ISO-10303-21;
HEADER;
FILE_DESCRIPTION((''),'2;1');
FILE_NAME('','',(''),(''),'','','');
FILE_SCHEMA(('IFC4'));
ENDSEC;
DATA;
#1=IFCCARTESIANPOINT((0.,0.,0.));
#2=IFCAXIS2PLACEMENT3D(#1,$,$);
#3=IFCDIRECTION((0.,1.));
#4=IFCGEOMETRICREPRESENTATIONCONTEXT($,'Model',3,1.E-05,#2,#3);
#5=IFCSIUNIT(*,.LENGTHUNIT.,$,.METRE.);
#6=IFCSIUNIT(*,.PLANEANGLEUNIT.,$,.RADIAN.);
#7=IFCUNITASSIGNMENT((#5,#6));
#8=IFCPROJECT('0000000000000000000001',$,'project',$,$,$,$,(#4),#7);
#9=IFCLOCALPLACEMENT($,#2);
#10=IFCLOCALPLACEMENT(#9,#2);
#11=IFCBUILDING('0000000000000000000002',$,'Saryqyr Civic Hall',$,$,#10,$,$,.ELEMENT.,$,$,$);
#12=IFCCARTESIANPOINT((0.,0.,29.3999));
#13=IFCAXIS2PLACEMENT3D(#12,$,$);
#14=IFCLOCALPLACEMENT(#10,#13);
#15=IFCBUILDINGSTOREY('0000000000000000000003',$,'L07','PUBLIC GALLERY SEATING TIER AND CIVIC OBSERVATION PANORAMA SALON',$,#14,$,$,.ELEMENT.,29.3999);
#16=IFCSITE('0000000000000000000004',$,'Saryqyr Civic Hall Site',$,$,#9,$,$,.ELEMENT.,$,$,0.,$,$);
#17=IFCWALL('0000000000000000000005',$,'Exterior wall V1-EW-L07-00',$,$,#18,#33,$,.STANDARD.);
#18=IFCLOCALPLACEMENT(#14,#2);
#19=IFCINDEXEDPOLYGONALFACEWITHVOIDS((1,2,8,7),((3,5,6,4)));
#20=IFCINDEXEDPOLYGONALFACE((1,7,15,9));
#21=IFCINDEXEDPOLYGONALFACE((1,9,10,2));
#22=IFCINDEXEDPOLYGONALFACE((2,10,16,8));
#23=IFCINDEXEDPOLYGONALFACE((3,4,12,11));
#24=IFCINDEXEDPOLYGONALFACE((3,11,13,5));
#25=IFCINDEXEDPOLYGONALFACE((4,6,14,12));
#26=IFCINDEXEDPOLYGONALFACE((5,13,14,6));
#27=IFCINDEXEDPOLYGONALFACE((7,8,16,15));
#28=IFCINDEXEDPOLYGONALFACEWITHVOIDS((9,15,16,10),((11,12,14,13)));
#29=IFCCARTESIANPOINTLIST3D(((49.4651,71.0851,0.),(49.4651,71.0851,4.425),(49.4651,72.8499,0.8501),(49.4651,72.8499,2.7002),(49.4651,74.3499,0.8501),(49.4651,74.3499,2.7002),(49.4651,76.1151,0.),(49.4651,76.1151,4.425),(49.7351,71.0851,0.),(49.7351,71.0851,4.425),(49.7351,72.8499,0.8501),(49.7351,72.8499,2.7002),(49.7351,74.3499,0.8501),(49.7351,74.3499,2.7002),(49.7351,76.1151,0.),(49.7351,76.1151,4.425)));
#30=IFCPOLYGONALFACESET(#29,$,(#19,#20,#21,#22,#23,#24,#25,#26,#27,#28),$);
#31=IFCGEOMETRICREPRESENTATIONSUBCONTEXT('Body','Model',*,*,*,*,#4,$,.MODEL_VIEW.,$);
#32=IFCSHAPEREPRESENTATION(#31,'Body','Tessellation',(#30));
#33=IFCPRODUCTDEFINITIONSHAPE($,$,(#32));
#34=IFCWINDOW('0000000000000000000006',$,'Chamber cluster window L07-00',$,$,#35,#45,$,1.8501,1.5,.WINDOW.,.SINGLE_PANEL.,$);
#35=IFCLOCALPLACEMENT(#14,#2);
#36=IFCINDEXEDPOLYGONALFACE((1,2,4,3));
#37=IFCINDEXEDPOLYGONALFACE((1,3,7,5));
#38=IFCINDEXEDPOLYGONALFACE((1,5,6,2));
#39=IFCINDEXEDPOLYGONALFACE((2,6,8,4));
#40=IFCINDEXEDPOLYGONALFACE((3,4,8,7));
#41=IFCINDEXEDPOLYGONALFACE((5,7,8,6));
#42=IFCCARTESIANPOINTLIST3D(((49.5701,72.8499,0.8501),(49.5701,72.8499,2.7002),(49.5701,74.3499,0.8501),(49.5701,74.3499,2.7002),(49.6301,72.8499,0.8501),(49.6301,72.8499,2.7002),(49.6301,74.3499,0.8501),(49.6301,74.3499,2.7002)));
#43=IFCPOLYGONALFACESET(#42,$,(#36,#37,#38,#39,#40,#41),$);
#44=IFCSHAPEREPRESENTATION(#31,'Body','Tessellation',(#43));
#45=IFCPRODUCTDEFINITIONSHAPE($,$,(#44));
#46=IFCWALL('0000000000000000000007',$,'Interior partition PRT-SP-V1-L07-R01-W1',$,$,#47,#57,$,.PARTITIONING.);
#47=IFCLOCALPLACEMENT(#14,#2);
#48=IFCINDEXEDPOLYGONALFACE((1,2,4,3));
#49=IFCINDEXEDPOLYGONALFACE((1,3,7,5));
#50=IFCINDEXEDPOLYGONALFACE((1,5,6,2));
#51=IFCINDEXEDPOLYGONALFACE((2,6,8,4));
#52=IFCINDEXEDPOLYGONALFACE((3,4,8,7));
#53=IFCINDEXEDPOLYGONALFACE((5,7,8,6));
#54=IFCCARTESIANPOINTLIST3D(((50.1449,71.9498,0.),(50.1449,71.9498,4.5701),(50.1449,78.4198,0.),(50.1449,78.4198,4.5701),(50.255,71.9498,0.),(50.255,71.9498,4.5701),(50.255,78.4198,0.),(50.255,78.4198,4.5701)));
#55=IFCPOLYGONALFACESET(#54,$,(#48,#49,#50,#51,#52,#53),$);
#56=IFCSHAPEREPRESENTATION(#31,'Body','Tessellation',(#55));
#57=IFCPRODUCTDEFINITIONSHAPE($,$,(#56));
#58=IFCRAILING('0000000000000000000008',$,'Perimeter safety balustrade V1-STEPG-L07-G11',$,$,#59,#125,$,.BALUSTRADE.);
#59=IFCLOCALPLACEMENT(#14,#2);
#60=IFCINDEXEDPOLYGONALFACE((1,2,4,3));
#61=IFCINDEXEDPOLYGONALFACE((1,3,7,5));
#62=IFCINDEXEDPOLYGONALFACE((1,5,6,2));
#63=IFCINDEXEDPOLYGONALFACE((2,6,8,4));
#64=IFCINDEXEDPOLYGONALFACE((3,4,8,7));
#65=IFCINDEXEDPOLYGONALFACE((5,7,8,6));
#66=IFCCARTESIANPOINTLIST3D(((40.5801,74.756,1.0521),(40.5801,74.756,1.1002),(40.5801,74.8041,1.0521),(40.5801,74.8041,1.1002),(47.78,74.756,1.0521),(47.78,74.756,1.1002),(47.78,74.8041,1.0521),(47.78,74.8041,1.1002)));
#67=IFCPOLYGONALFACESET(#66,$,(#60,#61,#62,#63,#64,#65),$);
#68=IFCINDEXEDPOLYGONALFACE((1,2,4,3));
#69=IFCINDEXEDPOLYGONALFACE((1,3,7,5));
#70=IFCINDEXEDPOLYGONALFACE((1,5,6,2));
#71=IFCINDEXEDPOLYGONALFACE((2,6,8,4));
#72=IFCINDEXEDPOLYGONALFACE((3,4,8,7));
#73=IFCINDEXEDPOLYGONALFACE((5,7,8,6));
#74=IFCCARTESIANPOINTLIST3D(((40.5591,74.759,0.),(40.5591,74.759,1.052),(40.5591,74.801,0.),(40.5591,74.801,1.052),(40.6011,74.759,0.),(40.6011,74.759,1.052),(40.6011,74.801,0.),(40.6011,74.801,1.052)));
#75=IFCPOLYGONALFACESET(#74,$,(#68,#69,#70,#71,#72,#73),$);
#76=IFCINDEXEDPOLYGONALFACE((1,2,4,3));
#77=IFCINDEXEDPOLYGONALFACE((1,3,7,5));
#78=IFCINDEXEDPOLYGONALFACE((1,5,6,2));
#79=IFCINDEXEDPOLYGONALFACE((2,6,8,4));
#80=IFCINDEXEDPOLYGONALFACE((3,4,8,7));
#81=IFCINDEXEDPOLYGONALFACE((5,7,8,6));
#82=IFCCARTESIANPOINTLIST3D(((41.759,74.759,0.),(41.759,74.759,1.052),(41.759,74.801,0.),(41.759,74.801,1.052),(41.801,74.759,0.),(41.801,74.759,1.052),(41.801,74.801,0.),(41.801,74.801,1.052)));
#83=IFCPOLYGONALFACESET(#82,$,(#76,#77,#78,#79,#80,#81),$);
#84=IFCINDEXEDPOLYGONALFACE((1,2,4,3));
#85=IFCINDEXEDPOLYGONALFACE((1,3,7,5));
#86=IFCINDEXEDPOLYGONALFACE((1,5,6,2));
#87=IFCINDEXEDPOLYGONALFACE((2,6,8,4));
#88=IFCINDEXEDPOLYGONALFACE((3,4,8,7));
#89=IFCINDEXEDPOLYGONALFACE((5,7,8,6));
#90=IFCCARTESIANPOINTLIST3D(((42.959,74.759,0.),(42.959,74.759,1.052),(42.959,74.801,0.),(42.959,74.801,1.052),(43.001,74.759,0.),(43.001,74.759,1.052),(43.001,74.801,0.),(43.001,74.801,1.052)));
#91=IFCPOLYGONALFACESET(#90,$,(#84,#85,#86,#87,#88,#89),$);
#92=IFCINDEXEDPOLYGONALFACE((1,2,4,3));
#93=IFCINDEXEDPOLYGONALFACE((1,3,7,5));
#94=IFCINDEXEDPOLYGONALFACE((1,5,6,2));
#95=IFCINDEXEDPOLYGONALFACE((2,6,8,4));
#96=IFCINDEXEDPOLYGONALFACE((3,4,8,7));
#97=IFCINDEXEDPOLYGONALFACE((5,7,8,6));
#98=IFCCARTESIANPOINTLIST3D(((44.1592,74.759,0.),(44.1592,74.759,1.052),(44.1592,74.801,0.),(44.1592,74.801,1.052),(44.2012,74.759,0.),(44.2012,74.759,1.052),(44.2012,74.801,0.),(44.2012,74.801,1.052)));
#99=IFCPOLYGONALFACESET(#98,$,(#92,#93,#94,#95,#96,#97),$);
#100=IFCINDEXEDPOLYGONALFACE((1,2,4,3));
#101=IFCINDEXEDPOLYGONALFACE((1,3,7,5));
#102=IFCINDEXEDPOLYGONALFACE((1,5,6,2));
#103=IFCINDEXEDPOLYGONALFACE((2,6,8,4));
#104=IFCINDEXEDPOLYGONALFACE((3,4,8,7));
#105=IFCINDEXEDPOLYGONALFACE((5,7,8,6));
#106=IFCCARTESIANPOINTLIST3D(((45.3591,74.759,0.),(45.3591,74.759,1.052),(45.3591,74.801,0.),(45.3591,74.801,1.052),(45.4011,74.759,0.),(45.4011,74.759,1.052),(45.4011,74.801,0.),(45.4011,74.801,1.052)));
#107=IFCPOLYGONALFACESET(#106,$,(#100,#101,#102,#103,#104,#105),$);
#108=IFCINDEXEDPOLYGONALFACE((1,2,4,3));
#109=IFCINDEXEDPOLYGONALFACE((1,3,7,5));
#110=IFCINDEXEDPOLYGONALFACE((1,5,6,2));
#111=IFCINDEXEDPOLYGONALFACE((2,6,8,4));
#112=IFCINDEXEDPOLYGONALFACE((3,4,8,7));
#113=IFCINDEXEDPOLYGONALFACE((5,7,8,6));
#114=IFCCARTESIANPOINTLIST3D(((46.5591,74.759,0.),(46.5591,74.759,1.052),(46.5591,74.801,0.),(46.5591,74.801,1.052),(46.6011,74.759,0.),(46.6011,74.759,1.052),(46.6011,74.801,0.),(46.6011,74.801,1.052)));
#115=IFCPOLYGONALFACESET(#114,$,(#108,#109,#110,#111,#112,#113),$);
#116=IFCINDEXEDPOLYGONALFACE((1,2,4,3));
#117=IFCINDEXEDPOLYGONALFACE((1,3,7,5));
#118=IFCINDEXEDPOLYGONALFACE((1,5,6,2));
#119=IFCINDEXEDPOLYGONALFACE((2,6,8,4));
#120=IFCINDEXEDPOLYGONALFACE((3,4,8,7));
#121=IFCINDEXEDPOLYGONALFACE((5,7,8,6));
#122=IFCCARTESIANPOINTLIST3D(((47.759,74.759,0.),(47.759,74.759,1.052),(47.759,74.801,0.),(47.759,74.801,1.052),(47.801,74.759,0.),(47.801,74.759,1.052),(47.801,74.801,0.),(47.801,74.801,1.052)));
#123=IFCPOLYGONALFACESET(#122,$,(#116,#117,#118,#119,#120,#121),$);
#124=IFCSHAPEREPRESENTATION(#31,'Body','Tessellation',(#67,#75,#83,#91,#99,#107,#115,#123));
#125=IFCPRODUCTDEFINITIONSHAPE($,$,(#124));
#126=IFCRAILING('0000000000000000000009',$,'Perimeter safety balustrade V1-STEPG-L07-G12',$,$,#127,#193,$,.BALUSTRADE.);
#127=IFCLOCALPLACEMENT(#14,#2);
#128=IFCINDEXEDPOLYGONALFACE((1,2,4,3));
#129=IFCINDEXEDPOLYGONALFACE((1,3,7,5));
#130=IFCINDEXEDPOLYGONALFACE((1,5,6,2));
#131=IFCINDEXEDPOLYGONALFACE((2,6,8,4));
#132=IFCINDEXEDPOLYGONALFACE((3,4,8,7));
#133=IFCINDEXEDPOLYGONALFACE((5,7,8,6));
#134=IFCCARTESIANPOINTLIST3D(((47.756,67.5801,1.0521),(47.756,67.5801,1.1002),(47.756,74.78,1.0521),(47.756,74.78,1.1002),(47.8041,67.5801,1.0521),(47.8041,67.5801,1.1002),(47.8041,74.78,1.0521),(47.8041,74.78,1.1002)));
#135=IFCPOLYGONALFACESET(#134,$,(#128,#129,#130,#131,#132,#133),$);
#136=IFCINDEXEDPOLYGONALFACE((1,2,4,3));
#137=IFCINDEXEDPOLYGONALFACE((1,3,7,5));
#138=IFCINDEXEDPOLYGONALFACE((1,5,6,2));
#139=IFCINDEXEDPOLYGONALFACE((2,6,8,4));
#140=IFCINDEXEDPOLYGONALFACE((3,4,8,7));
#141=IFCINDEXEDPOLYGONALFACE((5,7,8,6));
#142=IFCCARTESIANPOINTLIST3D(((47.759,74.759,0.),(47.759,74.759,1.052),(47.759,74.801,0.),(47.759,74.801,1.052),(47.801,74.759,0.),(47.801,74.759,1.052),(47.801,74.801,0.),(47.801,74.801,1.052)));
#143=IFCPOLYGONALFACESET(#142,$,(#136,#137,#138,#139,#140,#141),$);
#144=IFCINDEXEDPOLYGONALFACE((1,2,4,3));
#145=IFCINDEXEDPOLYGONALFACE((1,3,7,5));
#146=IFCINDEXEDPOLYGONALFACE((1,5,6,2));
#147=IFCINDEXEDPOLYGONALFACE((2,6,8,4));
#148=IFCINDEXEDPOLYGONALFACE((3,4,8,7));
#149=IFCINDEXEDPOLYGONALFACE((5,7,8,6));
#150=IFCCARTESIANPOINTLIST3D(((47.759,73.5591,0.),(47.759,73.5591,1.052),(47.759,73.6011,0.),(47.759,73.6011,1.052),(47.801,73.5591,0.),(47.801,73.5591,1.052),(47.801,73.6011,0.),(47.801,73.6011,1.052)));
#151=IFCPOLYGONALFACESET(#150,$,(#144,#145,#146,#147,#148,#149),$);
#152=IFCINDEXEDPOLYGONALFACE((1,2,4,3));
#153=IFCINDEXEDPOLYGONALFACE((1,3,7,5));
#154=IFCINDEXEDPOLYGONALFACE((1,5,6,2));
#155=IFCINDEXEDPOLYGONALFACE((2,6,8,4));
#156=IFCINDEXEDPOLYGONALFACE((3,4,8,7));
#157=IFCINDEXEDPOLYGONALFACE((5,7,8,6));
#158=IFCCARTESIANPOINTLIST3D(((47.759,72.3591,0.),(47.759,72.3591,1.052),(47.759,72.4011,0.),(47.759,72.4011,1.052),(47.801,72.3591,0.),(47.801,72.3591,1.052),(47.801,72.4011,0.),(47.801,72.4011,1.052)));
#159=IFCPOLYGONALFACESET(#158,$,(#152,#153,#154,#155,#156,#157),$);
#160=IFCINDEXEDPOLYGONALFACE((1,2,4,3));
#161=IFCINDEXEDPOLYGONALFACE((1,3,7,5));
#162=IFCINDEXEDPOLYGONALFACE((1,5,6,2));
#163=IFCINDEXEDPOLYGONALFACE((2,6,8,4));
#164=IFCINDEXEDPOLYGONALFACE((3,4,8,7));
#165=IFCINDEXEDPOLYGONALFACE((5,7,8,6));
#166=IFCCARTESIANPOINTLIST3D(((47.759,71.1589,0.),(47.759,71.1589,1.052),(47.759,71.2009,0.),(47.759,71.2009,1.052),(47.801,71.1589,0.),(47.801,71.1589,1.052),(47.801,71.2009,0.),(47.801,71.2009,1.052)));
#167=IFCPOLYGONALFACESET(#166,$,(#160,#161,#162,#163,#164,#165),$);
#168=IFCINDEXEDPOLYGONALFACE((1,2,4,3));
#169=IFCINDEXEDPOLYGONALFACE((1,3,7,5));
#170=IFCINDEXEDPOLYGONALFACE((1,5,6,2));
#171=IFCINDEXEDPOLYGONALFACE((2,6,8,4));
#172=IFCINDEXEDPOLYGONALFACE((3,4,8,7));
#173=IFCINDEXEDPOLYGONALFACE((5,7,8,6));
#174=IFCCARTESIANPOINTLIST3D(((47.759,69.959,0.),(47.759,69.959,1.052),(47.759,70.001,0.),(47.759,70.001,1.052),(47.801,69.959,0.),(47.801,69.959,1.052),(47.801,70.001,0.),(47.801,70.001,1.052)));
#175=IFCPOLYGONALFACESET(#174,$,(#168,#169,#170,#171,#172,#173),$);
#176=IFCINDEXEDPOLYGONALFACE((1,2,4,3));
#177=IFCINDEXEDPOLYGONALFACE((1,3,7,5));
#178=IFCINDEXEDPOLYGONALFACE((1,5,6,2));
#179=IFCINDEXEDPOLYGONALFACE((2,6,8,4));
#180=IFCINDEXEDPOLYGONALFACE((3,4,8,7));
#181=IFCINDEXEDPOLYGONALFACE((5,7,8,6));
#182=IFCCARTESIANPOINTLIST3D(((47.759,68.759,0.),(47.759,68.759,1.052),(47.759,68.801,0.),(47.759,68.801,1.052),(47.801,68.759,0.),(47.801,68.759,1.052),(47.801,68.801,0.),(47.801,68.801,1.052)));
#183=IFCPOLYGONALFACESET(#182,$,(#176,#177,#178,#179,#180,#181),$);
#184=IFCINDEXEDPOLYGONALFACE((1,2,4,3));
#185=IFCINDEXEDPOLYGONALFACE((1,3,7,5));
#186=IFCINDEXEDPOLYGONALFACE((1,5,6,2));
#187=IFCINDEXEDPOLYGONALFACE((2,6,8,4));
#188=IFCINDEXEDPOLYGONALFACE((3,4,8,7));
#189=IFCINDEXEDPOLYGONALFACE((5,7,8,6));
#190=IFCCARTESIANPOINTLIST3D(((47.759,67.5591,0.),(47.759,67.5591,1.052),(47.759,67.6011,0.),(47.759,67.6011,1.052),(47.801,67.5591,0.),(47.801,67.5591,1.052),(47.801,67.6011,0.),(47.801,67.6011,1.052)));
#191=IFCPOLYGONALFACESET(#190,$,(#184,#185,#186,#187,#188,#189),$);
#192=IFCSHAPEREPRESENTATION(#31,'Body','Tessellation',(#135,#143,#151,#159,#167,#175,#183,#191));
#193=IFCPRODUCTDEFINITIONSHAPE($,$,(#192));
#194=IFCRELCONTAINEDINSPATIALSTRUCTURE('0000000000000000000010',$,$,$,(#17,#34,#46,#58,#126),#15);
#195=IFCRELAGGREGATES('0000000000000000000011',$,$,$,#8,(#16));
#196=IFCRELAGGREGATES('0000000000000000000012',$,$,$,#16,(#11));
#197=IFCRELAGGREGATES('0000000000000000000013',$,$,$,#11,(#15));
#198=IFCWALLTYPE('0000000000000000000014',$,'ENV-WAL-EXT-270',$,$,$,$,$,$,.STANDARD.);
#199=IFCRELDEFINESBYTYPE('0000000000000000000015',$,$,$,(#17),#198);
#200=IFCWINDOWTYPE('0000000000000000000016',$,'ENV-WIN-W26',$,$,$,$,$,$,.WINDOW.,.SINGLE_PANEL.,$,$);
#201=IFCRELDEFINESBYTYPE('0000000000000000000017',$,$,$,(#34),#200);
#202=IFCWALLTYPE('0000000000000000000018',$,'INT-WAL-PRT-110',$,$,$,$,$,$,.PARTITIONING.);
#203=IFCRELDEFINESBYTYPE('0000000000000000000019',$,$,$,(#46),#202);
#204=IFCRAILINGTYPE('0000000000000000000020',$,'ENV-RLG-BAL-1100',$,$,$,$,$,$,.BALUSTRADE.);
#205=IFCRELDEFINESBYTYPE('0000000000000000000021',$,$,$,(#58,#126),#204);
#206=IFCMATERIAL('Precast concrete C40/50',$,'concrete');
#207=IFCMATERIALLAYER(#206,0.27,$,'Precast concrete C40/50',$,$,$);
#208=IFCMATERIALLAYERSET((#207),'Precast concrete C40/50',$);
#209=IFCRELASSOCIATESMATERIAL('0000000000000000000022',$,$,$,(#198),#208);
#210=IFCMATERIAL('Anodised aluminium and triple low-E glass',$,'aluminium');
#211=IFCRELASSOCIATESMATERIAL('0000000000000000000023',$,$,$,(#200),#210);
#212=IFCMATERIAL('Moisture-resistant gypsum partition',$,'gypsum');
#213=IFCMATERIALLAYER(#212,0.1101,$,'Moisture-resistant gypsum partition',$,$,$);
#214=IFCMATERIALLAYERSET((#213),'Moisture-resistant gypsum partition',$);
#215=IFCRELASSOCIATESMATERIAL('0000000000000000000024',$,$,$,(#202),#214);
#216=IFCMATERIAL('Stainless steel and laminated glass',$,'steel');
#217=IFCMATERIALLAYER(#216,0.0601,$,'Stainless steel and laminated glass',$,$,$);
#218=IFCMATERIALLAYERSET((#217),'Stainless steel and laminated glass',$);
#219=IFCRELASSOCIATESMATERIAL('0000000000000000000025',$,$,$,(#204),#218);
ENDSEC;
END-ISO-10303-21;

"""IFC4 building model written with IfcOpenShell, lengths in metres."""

from ifc_helpers import new_model, si_unit, direction, frame, frame_2d, origin, origin_2d, place, context, subcontext, project, spatial, rectangle, extrude, material, layer, layer_set, type_object, element, fill, save


model = new_model("IFC4")

# Units and contexts
model_context = context("Model", 3, precision=1e-05, world=origin(), true_north=direction((0.0, 1.0)))
body_context = subcontext(model_context, "Body", "Model", "MODEL_VIEW")
ifc_project = project(units=[si_unit("LENGTHUNIT", "METRE"), si_unit("PLANEANGLEUNIT", "RADIAN")], contexts=[model_context])

# Site, building, storey
site_placement = place(None, origin())
site = spatial("IfcSite", under=ifc_project, at=site_placement, Name="Saryqyr Civic Hall Site", CompositionType="ELEMENT", RefElevation=0.0)
building_placement = place(site_placement, origin())
building = spatial("IfcBuilding", under=site, at=building_placement, Name="Saryqyr Civic Hall", CompositionType="ELEMENT")
storey_placement = place(building_placement, frame((0.0, 0.0, 29.3999)))
storey = spatial("IfcBuildingStorey", under=building, at=storey_placement, Name="L07", Description="PUBLIC GALLERY SEATING TIER AND CIVIC OBSERVATION PANORAMA SALON", CompositionType="ELEMENT", Elevation=29.3999)

# Wall, opening, window
ifc_material_1 = material(Name="Precast concrete C40/50", Category="concrete")
ifc_layer_1 = layer(ifc_material_1, 0.27, Name="Precast concrete C40/50")
ifc_layer_set_1 = layer_set([ifc_layer_1], Name="Precast concrete C40/50")
wall_type_1 = type_object("IfcWallType", Name="ENV-WAL-EXT-270", PredefinedType="STANDARD", material=ifc_layer_set_1)
wall_1_placement = place(storey_placement, frame((49.6001, 71.085, 0.0), z_axis=(0.0, 0.0, 1.0), x_axis=(0.0, 1.0, 0.0)))
wall_1 = element("IfcWall", 1, at=wall_1_placement, inside=storey, type_object=wall_type_1, Name="Exterior wall V1-EW-L07-00", PredefinedType="STANDARD", context=body_context, shape_type="SweptSolid", body=[
    extrude(rectangle(XDim=5.03, YDim=0.27, at=frame_2d((2.5151, 0.0))), origin(), (0.0, 0.0, 1.0), 4.425),
])
opening_placement = place(wall_1_placement, frame((1.7649, 0.0, 0.8501)))
opening = element("IfcOpeningElement", 2, at=opening_placement, cuts=wall_1, PredefinedType="OPENING", context=body_context, shape_type="SweptSolid", body=[
    extrude(rectangle(XDim=1.5, YDim=1.8501, at=frame_2d((0.75, 0.925))), frame((0.0, 0.145, 0.0), z_axis=(0.0, -1.0, 0.0), x_axis=(1.0, 0.0, 0.0)), (0.0, 0.0, 1.0), 0.29),
])
ifc_material_2 = material(Name="Anodised aluminium and triple low-E glass", Category="aluminium")
window_type = type_object("IfcWindowType", Name="ENV-WIN-W26", PartitioningType="SINGLE_PANEL", PredefinedType="WINDOW", material=ifc_material_2)
window_placement = place(opening_placement, origin())
window = element("IfcWindow", 3, at=window_placement, inside=storey, type_object=window_type, Name="Chamber cluster window L07-00", OverallHeight=1.8501, OverallWidth=1.5, PartitioningType="SINGLE_PANEL", PredefinedType="WINDOW", context=body_context, shape_type="SweptSolid", body=[
    extrude(rectangle(XDim=1.5, YDim=1.8501, at=frame_2d((0.75, 0.925))), frame((0.0, 0.03, 0.0), z_axis=(0.0, -1.0, 0.0), x_axis=(1.0, 0.0, 0.0)), (0.0, 0.0, 1.0), 0.0601),
])
fill(opening, window)

# Wall
ifc_material_3 = material(Name="Moisture-resistant gypsum partition", Category="gypsum")
ifc_layer_2 = layer(ifc_material_3, 0.1101, Name="Moisture-resistant gypsum partition")
ifc_layer_set_2 = layer_set([ifc_layer_2], Name="Moisture-resistant gypsum partition")
wall_type_2 = type_object("IfcWallType", Name="INT-WAL-PRT-110", PredefinedType="PARTITIONING", material=ifc_layer_set_2)
wall_2_placement = place(storey_placement, frame((50.2, 71.95, 0.0), z_axis=(0.0, 0.0, 1.0), x_axis=(0.0, 1.0, 0.0)))
element("IfcWall", 4, at=wall_2_placement, inside=storey, type_object=wall_type_2, Name="Interior partition PRT-SP-V1-L07-R01-W1", PredefinedType="PARTITIONING", context=body_context, shape_type="SweptSolid", body=[
    extrude(rectangle(XDim=6.47, YDim=0.1101, at=frame_2d((3.2349, 0.0))), origin(), (0.0, 0.0, 1.0), 4.5701),
])

# Railings
ifc_material_4 = material(Name="Stainless steel and laminated glass", Category="steel")
ifc_layer_3 = layer(ifc_material_4, 0.0601, Name="Stainless steel and laminated glass")
ifc_layer_set_3 = layer_set([ifc_layer_3], Name="Stainless steel and laminated glass")
railing_type_1 = type_object("IfcRailingType", Name="ENV-RLG-BAL-1100", PredefinedType="BALUSTRADE", material=ifc_layer_set_3)
railing_1_placement = place(storey_placement, frame((40.5801, 74.78, 0.0)))
element("IfcRailing", 5, at=railing_1_placement, inside=storey, type_object=railing_type_1, Name="Perimeter safety balustrade V1-STEPG-L07-G11", PredefinedType="BALUSTRADE", context=body_context, shape_type="SweptSolid", body=[
    extrude(rectangle(XDim=0.0481, YDim=0.0481, at=origin_2d()), frame((0.0, 0.0, 1.0762), z_axis=(1.0, 0.0, 0.0), x_axis=(0.0, 1.0, 0.0)), (0.0, 0.0, 1.0), 7.2),
    extrude(rectangle(XDim=0.042, YDim=0.042, at=origin_2d()), origin(), (0.0, 0.0, 1.0), 1.052),
    extrude(rectangle(XDim=0.042, YDim=0.042, at=origin_2d()), frame((1.2, 0.0, 0.0)), (0.0, 0.0, 1.0), 1.052),
    extrude(rectangle(XDim=0.042, YDim=0.042, at=origin_2d()), frame((2.3999, 0.0, 0.0)), (0.0, 0.0, 1.0), 1.052),
    extrude(rectangle(XDim=0.042, YDim=0.042, at=origin_2d()), frame((3.6001, 0.0, 0.0)), (0.0, 0.0, 1.0), 1.052),
    extrude(rectangle(XDim=0.042, YDim=0.042, at=origin_2d()), frame((4.8, 0.0, 0.0)), (0.0, 0.0, 1.0), 1.052),
    extrude(rectangle(XDim=0.042, YDim=0.042, at=origin_2d()), frame((6.0, 0.0, 0.0)), (0.0, 0.0, 1.0), 1.052),
    extrude(rectangle(XDim=0.042, YDim=0.042, at=origin_2d()), frame((7.2, 0.0, 0.0)), (0.0, 0.0, 1.0), 1.052),
])
railing_2_placement = place(storey_placement, frame((47.78, 74.78, 0.0)))
element("IfcRailing", 6, at=railing_2_placement, inside=storey, type_object=railing_type_1, Name="Perimeter safety balustrade V1-STEPG-L07-G12", PredefinedType="BALUSTRADE", context=body_context, shape_type="SweptSolid", body=[
    extrude(rectangle(XDim=0.0481, YDim=0.0481, at=origin_2d()), frame((0.0, 0.0, 1.0762), z_axis=(0.0, -1.0, 0.0), x_axis=(1.0, 0.0, 0.0)), (0.0, 0.0, 1.0), 7.2),
    extrude(rectangle(XDim=0.042, YDim=0.042, at=origin_2d()), origin(), (0.0, 0.0, 1.0), 1.052),
    extrude(rectangle(XDim=0.042, YDim=0.042, at=origin_2d()), frame((0.0, -1.2, 0.0)), (0.0, 0.0, 1.0), 1.052),
    extrude(rectangle(XDim=0.042, YDim=0.042, at=origin_2d()), frame((0.0, -2.3999, 0.0)), (0.0, 0.0, 1.0), 1.052),
    extrude(rectangle(XDim=0.042, YDim=0.042, at=origin_2d()), frame((0.0, -3.6001, 0.0)), (0.0, 0.0, 1.0), 1.052),
    extrude(rectangle(XDim=0.042, YDim=0.042, at=origin_2d()), frame((0.0, -4.8, 0.0)), (0.0, 0.0, 1.0), 1.052),
    extrude(rectangle(XDim=0.042, YDim=0.042, at=origin_2d()), frame((0.0, -6.0, 0.0)), (0.0, 0.0, 1.0), 1.052),
    extrude(rectangle(XDim=0.042, YDim=0.042, at=origin_2d()), frame((0.0, -7.2, 0.0)), (0.0, 0.0, 1.0), 1.052),
])

save(model, "model.ifc")
